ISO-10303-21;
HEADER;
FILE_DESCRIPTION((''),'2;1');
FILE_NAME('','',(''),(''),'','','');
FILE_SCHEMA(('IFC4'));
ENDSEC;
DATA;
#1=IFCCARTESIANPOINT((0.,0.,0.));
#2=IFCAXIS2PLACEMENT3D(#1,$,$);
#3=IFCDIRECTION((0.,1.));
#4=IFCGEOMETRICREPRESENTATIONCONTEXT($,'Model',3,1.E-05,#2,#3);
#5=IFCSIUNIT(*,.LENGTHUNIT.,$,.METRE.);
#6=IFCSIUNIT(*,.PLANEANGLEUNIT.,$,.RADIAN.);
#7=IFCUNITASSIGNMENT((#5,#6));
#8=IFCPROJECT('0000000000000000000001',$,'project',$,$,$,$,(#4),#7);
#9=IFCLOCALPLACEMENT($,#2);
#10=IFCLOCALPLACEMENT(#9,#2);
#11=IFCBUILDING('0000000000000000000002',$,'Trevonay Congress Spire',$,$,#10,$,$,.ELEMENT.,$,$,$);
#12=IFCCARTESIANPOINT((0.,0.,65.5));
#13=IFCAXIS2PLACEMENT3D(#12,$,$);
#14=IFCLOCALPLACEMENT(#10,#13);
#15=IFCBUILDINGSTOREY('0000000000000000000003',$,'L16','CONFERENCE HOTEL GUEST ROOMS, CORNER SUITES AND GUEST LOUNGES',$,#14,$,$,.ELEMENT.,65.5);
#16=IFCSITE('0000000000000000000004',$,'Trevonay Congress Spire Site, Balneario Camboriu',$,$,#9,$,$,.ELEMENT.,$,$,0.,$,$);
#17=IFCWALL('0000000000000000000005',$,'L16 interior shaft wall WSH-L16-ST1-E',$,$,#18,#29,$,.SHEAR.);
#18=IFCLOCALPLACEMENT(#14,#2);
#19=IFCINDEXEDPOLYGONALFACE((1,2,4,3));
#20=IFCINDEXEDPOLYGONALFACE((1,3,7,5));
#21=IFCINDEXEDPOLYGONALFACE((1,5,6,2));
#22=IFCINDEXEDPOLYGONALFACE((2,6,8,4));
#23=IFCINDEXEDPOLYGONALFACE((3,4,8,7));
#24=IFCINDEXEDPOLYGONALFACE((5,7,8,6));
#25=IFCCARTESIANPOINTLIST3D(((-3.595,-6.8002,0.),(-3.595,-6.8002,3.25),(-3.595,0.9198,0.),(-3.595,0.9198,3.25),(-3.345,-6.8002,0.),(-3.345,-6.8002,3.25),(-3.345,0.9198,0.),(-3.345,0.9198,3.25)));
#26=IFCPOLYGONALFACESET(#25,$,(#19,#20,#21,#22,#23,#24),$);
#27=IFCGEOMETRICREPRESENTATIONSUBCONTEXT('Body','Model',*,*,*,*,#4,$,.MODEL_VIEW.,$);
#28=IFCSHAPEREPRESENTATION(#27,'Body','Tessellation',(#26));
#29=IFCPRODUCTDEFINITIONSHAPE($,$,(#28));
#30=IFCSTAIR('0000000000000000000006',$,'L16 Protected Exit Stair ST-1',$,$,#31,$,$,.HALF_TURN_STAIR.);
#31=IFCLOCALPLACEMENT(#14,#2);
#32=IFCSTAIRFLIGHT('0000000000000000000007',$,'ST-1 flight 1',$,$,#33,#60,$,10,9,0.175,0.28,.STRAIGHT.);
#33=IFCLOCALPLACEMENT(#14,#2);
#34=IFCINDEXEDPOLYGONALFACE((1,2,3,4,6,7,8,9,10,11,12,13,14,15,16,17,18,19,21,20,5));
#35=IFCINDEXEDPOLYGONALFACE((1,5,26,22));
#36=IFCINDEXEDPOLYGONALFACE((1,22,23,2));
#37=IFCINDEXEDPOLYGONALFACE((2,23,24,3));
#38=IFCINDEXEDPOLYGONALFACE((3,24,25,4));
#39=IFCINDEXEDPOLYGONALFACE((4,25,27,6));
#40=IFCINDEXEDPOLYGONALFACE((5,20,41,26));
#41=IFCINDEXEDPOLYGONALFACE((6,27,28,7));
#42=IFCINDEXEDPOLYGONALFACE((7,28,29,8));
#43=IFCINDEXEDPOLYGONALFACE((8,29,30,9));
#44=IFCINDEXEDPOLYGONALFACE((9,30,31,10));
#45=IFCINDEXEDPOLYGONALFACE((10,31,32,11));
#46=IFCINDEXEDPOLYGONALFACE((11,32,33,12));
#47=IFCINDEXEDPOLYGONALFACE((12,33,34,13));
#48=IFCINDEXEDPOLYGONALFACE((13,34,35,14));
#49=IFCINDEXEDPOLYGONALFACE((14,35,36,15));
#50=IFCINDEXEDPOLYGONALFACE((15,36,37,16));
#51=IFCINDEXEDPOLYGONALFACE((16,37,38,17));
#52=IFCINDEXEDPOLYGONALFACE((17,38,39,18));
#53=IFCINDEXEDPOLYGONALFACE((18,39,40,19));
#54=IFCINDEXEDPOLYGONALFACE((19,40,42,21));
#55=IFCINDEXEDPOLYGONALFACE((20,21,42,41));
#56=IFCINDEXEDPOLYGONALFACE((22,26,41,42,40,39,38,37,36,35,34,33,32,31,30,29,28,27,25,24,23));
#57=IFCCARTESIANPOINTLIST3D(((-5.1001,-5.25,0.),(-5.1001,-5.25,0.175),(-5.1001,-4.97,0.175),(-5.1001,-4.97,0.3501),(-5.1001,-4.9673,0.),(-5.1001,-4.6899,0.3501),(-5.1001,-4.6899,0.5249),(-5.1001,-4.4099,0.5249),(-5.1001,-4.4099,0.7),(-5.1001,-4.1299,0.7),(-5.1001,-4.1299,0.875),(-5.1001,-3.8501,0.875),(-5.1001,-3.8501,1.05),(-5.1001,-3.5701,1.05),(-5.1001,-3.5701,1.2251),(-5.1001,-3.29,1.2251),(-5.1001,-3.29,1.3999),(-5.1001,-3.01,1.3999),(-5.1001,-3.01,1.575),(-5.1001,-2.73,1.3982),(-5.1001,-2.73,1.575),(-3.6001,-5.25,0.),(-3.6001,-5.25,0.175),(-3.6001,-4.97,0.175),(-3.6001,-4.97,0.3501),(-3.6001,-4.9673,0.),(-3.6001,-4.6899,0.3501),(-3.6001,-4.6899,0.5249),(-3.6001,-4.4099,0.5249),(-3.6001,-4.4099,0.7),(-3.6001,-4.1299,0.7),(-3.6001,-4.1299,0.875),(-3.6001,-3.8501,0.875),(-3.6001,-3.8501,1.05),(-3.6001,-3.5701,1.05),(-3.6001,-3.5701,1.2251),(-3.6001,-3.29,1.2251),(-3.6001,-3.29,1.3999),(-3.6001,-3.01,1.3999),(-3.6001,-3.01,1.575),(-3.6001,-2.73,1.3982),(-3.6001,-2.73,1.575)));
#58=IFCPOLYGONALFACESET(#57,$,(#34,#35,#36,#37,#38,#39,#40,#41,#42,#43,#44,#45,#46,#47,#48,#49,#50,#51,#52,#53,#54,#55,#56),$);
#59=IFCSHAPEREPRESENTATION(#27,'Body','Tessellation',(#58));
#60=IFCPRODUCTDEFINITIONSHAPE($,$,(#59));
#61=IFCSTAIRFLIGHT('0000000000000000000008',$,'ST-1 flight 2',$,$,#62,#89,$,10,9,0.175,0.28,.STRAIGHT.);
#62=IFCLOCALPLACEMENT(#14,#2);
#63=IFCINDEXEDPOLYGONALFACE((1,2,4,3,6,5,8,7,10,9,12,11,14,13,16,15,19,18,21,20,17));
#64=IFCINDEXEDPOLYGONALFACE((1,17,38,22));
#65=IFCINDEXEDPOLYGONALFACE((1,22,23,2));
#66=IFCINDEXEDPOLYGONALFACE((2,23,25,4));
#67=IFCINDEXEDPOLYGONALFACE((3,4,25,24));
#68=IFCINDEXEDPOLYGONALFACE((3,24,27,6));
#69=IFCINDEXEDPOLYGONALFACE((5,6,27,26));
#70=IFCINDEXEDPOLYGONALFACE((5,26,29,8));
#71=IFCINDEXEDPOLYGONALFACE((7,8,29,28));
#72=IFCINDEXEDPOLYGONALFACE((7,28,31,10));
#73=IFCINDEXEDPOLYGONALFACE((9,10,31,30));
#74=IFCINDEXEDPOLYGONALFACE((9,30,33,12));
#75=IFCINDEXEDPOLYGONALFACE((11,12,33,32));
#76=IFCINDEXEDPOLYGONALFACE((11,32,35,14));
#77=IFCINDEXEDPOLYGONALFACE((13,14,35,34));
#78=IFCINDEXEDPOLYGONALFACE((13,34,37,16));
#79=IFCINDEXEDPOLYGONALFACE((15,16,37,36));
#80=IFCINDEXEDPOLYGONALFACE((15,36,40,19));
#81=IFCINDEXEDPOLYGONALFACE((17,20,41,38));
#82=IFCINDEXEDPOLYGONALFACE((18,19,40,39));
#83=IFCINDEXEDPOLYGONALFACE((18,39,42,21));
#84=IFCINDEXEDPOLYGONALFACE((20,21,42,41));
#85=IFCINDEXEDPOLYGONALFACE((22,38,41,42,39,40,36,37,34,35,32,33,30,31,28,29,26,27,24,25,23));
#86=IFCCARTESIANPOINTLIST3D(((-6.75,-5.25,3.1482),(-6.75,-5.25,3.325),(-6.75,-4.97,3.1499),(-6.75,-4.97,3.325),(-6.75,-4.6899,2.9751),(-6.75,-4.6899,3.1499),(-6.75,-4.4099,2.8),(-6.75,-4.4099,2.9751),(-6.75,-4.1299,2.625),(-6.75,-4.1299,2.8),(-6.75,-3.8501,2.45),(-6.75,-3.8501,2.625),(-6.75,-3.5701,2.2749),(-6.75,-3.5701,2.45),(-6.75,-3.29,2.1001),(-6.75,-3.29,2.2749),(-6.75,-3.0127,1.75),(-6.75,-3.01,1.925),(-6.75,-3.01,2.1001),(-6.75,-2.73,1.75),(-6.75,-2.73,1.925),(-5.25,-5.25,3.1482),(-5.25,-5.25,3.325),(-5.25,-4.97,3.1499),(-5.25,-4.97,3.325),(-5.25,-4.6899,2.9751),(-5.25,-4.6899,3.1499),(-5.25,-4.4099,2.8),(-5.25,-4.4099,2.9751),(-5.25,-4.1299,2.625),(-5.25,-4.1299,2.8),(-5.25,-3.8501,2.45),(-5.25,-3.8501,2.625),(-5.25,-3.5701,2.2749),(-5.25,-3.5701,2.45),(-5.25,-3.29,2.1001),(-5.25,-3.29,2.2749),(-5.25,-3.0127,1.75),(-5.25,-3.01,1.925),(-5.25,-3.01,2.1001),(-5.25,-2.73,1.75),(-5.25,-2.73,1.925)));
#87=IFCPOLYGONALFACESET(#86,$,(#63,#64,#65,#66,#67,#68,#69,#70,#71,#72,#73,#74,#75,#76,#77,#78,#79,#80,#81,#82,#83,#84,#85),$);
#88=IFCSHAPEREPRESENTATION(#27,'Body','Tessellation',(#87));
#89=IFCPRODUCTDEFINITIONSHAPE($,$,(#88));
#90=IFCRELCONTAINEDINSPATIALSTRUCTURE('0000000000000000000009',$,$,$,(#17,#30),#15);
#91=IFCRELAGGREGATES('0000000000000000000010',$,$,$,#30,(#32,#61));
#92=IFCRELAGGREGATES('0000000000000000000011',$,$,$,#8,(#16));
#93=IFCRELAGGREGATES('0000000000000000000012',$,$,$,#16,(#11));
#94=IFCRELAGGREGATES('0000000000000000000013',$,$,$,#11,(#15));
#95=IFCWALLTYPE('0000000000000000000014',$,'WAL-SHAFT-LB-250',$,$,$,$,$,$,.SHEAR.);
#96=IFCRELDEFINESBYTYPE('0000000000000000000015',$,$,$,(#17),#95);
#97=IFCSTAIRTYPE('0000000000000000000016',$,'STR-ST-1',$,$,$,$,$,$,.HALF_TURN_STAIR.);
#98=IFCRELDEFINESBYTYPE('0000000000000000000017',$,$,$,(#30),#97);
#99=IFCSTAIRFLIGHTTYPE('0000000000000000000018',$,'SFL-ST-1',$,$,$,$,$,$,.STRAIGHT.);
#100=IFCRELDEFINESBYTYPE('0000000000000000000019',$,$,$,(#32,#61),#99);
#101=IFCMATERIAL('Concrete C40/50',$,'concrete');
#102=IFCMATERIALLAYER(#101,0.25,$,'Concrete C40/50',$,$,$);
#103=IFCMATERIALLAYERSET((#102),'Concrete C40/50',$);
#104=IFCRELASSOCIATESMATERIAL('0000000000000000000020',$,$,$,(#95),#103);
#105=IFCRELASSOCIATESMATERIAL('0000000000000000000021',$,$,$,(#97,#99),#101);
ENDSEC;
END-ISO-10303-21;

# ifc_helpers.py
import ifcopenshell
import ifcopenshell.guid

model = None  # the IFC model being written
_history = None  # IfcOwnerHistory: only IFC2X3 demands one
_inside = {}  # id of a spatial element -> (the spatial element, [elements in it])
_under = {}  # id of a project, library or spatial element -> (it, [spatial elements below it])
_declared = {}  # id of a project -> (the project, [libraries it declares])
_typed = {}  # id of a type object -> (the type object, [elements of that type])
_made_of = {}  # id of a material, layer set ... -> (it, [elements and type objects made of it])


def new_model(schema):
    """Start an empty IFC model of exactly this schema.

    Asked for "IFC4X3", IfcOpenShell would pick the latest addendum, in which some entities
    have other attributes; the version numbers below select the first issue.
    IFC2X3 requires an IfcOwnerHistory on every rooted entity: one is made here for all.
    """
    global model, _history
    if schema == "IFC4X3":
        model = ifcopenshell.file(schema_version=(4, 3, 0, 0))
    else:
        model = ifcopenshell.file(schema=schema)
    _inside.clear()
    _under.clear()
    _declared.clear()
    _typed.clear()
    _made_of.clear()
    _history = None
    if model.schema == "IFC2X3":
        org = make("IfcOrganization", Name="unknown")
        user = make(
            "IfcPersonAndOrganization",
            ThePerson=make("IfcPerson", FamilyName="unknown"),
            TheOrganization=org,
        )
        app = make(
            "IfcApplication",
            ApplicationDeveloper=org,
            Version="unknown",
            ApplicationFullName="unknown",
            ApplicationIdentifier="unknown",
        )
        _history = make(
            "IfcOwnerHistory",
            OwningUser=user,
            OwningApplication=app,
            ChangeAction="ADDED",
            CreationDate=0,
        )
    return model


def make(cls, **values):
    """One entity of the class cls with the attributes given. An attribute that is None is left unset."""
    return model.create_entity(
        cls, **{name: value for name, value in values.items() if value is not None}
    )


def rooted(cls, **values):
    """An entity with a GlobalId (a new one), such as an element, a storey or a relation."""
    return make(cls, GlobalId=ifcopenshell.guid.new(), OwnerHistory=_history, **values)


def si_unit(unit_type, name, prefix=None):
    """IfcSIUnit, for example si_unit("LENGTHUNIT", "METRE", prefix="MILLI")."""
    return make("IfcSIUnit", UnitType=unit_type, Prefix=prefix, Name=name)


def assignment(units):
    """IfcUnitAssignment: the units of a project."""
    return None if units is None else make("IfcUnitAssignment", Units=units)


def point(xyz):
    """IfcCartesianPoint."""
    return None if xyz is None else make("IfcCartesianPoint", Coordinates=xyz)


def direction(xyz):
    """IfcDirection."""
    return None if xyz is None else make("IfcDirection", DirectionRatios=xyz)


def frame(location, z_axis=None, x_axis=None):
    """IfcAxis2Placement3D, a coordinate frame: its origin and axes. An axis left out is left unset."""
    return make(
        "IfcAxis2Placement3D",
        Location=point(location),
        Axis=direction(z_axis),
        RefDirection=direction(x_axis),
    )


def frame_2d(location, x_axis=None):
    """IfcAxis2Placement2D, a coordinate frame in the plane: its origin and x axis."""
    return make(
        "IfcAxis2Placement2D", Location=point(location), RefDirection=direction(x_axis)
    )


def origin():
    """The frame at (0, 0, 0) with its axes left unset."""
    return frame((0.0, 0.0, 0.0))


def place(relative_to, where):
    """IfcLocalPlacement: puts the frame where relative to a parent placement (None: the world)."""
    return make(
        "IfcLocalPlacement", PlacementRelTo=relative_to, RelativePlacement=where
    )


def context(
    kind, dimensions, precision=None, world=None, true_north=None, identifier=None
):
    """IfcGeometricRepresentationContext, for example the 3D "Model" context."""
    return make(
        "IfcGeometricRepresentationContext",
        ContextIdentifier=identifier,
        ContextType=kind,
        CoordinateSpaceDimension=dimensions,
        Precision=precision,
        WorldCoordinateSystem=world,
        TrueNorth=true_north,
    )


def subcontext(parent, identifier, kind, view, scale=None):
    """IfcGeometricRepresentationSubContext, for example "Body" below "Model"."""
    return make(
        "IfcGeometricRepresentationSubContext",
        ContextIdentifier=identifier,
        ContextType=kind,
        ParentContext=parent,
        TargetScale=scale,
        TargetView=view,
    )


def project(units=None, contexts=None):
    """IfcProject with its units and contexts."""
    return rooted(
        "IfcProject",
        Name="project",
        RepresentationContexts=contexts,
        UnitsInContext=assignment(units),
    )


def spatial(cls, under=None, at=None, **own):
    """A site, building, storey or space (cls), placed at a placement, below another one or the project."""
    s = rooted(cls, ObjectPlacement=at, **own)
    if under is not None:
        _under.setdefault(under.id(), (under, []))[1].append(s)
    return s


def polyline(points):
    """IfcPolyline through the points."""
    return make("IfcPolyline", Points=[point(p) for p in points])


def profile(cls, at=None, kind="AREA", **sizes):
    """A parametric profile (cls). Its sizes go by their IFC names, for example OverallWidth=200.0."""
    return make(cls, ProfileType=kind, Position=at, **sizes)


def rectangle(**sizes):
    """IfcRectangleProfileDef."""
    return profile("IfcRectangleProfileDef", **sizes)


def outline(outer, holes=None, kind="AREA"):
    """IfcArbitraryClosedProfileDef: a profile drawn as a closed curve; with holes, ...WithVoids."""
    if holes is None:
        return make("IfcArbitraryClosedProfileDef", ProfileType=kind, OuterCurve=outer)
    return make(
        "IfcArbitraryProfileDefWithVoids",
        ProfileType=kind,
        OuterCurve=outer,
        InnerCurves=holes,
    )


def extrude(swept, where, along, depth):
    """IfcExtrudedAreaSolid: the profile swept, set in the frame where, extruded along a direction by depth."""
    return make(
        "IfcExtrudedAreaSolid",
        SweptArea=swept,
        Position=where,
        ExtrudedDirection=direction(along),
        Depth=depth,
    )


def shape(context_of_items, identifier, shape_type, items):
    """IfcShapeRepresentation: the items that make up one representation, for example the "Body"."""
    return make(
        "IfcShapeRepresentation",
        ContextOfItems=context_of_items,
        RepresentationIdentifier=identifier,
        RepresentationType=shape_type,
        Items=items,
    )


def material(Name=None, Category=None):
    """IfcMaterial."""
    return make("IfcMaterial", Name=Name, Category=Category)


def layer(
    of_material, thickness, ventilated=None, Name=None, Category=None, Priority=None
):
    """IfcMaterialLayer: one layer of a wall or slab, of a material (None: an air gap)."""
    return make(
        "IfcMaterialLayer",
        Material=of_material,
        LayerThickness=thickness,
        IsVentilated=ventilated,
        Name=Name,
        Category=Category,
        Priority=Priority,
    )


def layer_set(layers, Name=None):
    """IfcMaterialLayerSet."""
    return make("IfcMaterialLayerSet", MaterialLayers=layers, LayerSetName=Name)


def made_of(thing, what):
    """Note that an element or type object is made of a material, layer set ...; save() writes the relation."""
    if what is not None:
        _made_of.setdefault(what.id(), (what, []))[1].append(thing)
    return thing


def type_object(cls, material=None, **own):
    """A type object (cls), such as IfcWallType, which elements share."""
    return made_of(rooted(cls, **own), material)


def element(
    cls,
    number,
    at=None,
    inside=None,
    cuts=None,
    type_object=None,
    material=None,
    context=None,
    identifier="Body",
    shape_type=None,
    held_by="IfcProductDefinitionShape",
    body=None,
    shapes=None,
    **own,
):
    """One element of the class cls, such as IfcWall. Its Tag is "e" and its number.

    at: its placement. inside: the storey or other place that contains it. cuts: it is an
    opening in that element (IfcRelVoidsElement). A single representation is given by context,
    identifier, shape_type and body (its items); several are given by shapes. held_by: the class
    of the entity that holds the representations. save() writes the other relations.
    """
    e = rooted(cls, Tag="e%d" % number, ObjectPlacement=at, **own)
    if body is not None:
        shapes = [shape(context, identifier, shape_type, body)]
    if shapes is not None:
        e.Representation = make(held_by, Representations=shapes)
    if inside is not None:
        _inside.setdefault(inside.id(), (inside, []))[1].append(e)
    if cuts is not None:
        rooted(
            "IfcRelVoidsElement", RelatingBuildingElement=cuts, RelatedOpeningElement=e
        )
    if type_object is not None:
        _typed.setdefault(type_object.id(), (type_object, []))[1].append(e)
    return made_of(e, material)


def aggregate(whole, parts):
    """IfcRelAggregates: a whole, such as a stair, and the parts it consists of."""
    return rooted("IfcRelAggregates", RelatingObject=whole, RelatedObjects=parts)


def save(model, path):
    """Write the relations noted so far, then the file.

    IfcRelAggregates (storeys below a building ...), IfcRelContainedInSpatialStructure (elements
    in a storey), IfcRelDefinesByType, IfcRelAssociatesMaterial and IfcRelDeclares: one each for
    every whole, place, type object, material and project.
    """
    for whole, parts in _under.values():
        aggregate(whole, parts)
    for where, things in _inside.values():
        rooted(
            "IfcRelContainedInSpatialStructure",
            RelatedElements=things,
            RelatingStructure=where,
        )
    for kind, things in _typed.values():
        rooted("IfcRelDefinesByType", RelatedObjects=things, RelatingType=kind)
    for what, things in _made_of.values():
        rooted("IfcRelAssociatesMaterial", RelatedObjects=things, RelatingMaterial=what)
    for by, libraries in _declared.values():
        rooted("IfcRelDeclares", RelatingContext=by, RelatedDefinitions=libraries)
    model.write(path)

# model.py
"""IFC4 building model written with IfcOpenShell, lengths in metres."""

from ifc_helpers import new_model, si_unit, direction, frame, frame_2d, origin, place, context, subcontext, project, spatial, polyline, rectangle, outline, extrude, material, layer, layer_set, type_object, element, aggregate, save


model = new_model("IFC4")

# Units and contexts
model_context = context("Model", 3, precision=1e-05, world=origin(), true_north=direction((0.0, 1.0)))
body_context = subcontext(model_context, "Body", "Model", "MODEL_VIEW")
ifc_project = project(units=[si_unit("LENGTHUNIT", "METRE"), si_unit("PLANEANGLEUNIT", "RADIAN")], contexts=[model_context])

# Site, building, storey
site_placement = place(None, origin())
site = spatial("IfcSite", under=ifc_project, at=site_placement, Name="Trevonay Congress Spire Site, Balneario Camboriu", CompositionType="ELEMENT", RefElevation=0.0)
building_placement = place(site_placement, origin())
building = spatial("IfcBuilding", under=site, at=building_placement, Name="Trevonay Congress Spire", CompositionType="ELEMENT")
storey_placement = place(building_placement, frame((0.0, 0.0, 65.5)))
storey = spatial("IfcBuildingStorey", under=building, at=storey_placement, Name="L16", Description="CONFERENCE HOTEL GUEST ROOMS, CORNER SUITES AND GUEST LOUNGES", CompositionType="ELEMENT", Elevation=65.5)

# Shared definitions
ifc_material_1 = material(Name="Concrete C40/50", Category="concrete")

# Wall
ifc_layer_1 = layer(ifc_material_1, 0.25, Name="Concrete C40/50")
ifc_layer_set_1 = layer_set([ifc_layer_1], Name="Concrete C40/50")
wall_type_1 = type_object("IfcWallType", Name="WAL-SHAFT-LB-250", PredefinedType="SHEAR", material=ifc_layer_set_1)
wall_1_placement = place(storey_placement, frame((-3.47, -6.8, 0.0), z_axis=(0.0, 0.0, 1.0), x_axis=(0.0, 1.0, 0.0)))
element("IfcWall", 1, at=wall_1_placement, inside=storey, type_object=wall_type_1, Name="L16 interior shaft wall WSH-L16-ST1-E", PredefinedType="SHEAR", context=body_context, shape_type="SweptSolid", body=[
    extrude(rectangle(XDim=7.72, YDim=0.25, at=frame_2d((3.8599, 0.0))), origin(), (0.0, 0.0, 1.0), 3.25),
])

# Stair, stair flights
stair_type = type_object("IfcStairType", Name="STR-ST-1", PredefinedType="HALF_TURN_STAIR", material=ifc_material_1)
stair_placement = place(storey_placement, origin())
stair = element("IfcStair", 2, at=stair_placement, inside=storey, type_object=stair_type, Name="L16 Protected Exit Stair ST-1", PredefinedType="HALF_TURN_STAIR")
stair_flight_type = type_object("IfcStairFlightType", Name="SFL-ST-1", PredefinedType="STRAIGHT", material=ifc_material_1)
stair_flight_1_placement = place(storey_placement, frame((-4.3501, -5.25, 0.0), z_axis=(0.0, 0.0, 1.0), x_axis=(0.0, 1.0, 0.0)))
stair_flight_1 = element("IfcStairFlight", 3, at=stair_flight_1_placement, type_object=stair_flight_type, Name="ST-1 flight 1", NumberOfRisers=10, NumberOfTreads=9, PredefinedType="STRAIGHT", RiserHeight=0.175, TreadLength=0.28, context=body_context, shape_type="SweptSolid", body=[
    extrude(outline(polyline([(0.0, 0.0), (0.0, 0.175), (0.28, 0.175), (0.28, 0.3501), (0.5601, 0.3501), (0.5601, 0.5249), (0.8401, 0.5249), (0.8401, 0.7), (1.1201, 0.7), (1.1201, 0.875), (1.3999, 0.875), (1.3999, 1.05), (1.6799, 1.05), (1.6799, 1.2251), (1.96, 1.2251), (1.96, 1.3999), (2.24, 1.3999), (2.24, 1.575), (2.52, 1.575), (2.52, 1.75), (2.52, 1.3982), (0.2827, 0.0), (0.0, 0.0)])), frame((0.0, 0.75, 0.0), z_axis=(0.0, -1.0, 0.0), x_axis=(1.0, 0.0, 0.0)), (0.0, 0.0, 1.0), 1.5),
])
stair_flight_2_placement = place(storey_placement, frame((-6.0, -2.73, 1.75), z_axis=(0.0, 0.0, 1.0), x_axis=(0.0, -1.0, 0.0)))
stair_flight_2 = element("IfcStairFlight", 4, at=stair_flight_2_placement, type_object=stair_flight_type, Name="ST-1 flight 2", NumberOfRisers=10, NumberOfTreads=9, PredefinedType="STRAIGHT", RiserHeight=0.175, TreadLength=0.28, context=body_context, shape_type="SweptSolid", body=[
    extrude(outline(polyline([(0.0, 0.0), (0.0, 0.175), (0.28, 0.175), (0.28, 0.3501), (0.5601, 0.3501), (0.5601, 0.5249), (0.8401, 0.5249), (0.8401, 0.7), (1.1201, 0.7), (1.1201, 0.875), (1.3999, 0.875), (1.3999, 1.05), (1.6799, 1.05), (1.6799, 1.2251), (1.96, 1.2251), (1.96, 1.3999), (2.24, 1.3999), (2.24, 1.575), (2.52, 1.575), (2.52, 1.75), (2.52, 1.3982), (0.2827, 0.0), (0.0, 0.0)])), frame((0.0, 0.75, 0.0), z_axis=(0.0, -1.0, 0.0), x_axis=(1.0, 0.0, 0.0)), (0.0, 0.0, 1.0), 1.5),
])
aggregate(stair, [stair_flight_1, stair_flight_2])

save(model, "model.ifc")
